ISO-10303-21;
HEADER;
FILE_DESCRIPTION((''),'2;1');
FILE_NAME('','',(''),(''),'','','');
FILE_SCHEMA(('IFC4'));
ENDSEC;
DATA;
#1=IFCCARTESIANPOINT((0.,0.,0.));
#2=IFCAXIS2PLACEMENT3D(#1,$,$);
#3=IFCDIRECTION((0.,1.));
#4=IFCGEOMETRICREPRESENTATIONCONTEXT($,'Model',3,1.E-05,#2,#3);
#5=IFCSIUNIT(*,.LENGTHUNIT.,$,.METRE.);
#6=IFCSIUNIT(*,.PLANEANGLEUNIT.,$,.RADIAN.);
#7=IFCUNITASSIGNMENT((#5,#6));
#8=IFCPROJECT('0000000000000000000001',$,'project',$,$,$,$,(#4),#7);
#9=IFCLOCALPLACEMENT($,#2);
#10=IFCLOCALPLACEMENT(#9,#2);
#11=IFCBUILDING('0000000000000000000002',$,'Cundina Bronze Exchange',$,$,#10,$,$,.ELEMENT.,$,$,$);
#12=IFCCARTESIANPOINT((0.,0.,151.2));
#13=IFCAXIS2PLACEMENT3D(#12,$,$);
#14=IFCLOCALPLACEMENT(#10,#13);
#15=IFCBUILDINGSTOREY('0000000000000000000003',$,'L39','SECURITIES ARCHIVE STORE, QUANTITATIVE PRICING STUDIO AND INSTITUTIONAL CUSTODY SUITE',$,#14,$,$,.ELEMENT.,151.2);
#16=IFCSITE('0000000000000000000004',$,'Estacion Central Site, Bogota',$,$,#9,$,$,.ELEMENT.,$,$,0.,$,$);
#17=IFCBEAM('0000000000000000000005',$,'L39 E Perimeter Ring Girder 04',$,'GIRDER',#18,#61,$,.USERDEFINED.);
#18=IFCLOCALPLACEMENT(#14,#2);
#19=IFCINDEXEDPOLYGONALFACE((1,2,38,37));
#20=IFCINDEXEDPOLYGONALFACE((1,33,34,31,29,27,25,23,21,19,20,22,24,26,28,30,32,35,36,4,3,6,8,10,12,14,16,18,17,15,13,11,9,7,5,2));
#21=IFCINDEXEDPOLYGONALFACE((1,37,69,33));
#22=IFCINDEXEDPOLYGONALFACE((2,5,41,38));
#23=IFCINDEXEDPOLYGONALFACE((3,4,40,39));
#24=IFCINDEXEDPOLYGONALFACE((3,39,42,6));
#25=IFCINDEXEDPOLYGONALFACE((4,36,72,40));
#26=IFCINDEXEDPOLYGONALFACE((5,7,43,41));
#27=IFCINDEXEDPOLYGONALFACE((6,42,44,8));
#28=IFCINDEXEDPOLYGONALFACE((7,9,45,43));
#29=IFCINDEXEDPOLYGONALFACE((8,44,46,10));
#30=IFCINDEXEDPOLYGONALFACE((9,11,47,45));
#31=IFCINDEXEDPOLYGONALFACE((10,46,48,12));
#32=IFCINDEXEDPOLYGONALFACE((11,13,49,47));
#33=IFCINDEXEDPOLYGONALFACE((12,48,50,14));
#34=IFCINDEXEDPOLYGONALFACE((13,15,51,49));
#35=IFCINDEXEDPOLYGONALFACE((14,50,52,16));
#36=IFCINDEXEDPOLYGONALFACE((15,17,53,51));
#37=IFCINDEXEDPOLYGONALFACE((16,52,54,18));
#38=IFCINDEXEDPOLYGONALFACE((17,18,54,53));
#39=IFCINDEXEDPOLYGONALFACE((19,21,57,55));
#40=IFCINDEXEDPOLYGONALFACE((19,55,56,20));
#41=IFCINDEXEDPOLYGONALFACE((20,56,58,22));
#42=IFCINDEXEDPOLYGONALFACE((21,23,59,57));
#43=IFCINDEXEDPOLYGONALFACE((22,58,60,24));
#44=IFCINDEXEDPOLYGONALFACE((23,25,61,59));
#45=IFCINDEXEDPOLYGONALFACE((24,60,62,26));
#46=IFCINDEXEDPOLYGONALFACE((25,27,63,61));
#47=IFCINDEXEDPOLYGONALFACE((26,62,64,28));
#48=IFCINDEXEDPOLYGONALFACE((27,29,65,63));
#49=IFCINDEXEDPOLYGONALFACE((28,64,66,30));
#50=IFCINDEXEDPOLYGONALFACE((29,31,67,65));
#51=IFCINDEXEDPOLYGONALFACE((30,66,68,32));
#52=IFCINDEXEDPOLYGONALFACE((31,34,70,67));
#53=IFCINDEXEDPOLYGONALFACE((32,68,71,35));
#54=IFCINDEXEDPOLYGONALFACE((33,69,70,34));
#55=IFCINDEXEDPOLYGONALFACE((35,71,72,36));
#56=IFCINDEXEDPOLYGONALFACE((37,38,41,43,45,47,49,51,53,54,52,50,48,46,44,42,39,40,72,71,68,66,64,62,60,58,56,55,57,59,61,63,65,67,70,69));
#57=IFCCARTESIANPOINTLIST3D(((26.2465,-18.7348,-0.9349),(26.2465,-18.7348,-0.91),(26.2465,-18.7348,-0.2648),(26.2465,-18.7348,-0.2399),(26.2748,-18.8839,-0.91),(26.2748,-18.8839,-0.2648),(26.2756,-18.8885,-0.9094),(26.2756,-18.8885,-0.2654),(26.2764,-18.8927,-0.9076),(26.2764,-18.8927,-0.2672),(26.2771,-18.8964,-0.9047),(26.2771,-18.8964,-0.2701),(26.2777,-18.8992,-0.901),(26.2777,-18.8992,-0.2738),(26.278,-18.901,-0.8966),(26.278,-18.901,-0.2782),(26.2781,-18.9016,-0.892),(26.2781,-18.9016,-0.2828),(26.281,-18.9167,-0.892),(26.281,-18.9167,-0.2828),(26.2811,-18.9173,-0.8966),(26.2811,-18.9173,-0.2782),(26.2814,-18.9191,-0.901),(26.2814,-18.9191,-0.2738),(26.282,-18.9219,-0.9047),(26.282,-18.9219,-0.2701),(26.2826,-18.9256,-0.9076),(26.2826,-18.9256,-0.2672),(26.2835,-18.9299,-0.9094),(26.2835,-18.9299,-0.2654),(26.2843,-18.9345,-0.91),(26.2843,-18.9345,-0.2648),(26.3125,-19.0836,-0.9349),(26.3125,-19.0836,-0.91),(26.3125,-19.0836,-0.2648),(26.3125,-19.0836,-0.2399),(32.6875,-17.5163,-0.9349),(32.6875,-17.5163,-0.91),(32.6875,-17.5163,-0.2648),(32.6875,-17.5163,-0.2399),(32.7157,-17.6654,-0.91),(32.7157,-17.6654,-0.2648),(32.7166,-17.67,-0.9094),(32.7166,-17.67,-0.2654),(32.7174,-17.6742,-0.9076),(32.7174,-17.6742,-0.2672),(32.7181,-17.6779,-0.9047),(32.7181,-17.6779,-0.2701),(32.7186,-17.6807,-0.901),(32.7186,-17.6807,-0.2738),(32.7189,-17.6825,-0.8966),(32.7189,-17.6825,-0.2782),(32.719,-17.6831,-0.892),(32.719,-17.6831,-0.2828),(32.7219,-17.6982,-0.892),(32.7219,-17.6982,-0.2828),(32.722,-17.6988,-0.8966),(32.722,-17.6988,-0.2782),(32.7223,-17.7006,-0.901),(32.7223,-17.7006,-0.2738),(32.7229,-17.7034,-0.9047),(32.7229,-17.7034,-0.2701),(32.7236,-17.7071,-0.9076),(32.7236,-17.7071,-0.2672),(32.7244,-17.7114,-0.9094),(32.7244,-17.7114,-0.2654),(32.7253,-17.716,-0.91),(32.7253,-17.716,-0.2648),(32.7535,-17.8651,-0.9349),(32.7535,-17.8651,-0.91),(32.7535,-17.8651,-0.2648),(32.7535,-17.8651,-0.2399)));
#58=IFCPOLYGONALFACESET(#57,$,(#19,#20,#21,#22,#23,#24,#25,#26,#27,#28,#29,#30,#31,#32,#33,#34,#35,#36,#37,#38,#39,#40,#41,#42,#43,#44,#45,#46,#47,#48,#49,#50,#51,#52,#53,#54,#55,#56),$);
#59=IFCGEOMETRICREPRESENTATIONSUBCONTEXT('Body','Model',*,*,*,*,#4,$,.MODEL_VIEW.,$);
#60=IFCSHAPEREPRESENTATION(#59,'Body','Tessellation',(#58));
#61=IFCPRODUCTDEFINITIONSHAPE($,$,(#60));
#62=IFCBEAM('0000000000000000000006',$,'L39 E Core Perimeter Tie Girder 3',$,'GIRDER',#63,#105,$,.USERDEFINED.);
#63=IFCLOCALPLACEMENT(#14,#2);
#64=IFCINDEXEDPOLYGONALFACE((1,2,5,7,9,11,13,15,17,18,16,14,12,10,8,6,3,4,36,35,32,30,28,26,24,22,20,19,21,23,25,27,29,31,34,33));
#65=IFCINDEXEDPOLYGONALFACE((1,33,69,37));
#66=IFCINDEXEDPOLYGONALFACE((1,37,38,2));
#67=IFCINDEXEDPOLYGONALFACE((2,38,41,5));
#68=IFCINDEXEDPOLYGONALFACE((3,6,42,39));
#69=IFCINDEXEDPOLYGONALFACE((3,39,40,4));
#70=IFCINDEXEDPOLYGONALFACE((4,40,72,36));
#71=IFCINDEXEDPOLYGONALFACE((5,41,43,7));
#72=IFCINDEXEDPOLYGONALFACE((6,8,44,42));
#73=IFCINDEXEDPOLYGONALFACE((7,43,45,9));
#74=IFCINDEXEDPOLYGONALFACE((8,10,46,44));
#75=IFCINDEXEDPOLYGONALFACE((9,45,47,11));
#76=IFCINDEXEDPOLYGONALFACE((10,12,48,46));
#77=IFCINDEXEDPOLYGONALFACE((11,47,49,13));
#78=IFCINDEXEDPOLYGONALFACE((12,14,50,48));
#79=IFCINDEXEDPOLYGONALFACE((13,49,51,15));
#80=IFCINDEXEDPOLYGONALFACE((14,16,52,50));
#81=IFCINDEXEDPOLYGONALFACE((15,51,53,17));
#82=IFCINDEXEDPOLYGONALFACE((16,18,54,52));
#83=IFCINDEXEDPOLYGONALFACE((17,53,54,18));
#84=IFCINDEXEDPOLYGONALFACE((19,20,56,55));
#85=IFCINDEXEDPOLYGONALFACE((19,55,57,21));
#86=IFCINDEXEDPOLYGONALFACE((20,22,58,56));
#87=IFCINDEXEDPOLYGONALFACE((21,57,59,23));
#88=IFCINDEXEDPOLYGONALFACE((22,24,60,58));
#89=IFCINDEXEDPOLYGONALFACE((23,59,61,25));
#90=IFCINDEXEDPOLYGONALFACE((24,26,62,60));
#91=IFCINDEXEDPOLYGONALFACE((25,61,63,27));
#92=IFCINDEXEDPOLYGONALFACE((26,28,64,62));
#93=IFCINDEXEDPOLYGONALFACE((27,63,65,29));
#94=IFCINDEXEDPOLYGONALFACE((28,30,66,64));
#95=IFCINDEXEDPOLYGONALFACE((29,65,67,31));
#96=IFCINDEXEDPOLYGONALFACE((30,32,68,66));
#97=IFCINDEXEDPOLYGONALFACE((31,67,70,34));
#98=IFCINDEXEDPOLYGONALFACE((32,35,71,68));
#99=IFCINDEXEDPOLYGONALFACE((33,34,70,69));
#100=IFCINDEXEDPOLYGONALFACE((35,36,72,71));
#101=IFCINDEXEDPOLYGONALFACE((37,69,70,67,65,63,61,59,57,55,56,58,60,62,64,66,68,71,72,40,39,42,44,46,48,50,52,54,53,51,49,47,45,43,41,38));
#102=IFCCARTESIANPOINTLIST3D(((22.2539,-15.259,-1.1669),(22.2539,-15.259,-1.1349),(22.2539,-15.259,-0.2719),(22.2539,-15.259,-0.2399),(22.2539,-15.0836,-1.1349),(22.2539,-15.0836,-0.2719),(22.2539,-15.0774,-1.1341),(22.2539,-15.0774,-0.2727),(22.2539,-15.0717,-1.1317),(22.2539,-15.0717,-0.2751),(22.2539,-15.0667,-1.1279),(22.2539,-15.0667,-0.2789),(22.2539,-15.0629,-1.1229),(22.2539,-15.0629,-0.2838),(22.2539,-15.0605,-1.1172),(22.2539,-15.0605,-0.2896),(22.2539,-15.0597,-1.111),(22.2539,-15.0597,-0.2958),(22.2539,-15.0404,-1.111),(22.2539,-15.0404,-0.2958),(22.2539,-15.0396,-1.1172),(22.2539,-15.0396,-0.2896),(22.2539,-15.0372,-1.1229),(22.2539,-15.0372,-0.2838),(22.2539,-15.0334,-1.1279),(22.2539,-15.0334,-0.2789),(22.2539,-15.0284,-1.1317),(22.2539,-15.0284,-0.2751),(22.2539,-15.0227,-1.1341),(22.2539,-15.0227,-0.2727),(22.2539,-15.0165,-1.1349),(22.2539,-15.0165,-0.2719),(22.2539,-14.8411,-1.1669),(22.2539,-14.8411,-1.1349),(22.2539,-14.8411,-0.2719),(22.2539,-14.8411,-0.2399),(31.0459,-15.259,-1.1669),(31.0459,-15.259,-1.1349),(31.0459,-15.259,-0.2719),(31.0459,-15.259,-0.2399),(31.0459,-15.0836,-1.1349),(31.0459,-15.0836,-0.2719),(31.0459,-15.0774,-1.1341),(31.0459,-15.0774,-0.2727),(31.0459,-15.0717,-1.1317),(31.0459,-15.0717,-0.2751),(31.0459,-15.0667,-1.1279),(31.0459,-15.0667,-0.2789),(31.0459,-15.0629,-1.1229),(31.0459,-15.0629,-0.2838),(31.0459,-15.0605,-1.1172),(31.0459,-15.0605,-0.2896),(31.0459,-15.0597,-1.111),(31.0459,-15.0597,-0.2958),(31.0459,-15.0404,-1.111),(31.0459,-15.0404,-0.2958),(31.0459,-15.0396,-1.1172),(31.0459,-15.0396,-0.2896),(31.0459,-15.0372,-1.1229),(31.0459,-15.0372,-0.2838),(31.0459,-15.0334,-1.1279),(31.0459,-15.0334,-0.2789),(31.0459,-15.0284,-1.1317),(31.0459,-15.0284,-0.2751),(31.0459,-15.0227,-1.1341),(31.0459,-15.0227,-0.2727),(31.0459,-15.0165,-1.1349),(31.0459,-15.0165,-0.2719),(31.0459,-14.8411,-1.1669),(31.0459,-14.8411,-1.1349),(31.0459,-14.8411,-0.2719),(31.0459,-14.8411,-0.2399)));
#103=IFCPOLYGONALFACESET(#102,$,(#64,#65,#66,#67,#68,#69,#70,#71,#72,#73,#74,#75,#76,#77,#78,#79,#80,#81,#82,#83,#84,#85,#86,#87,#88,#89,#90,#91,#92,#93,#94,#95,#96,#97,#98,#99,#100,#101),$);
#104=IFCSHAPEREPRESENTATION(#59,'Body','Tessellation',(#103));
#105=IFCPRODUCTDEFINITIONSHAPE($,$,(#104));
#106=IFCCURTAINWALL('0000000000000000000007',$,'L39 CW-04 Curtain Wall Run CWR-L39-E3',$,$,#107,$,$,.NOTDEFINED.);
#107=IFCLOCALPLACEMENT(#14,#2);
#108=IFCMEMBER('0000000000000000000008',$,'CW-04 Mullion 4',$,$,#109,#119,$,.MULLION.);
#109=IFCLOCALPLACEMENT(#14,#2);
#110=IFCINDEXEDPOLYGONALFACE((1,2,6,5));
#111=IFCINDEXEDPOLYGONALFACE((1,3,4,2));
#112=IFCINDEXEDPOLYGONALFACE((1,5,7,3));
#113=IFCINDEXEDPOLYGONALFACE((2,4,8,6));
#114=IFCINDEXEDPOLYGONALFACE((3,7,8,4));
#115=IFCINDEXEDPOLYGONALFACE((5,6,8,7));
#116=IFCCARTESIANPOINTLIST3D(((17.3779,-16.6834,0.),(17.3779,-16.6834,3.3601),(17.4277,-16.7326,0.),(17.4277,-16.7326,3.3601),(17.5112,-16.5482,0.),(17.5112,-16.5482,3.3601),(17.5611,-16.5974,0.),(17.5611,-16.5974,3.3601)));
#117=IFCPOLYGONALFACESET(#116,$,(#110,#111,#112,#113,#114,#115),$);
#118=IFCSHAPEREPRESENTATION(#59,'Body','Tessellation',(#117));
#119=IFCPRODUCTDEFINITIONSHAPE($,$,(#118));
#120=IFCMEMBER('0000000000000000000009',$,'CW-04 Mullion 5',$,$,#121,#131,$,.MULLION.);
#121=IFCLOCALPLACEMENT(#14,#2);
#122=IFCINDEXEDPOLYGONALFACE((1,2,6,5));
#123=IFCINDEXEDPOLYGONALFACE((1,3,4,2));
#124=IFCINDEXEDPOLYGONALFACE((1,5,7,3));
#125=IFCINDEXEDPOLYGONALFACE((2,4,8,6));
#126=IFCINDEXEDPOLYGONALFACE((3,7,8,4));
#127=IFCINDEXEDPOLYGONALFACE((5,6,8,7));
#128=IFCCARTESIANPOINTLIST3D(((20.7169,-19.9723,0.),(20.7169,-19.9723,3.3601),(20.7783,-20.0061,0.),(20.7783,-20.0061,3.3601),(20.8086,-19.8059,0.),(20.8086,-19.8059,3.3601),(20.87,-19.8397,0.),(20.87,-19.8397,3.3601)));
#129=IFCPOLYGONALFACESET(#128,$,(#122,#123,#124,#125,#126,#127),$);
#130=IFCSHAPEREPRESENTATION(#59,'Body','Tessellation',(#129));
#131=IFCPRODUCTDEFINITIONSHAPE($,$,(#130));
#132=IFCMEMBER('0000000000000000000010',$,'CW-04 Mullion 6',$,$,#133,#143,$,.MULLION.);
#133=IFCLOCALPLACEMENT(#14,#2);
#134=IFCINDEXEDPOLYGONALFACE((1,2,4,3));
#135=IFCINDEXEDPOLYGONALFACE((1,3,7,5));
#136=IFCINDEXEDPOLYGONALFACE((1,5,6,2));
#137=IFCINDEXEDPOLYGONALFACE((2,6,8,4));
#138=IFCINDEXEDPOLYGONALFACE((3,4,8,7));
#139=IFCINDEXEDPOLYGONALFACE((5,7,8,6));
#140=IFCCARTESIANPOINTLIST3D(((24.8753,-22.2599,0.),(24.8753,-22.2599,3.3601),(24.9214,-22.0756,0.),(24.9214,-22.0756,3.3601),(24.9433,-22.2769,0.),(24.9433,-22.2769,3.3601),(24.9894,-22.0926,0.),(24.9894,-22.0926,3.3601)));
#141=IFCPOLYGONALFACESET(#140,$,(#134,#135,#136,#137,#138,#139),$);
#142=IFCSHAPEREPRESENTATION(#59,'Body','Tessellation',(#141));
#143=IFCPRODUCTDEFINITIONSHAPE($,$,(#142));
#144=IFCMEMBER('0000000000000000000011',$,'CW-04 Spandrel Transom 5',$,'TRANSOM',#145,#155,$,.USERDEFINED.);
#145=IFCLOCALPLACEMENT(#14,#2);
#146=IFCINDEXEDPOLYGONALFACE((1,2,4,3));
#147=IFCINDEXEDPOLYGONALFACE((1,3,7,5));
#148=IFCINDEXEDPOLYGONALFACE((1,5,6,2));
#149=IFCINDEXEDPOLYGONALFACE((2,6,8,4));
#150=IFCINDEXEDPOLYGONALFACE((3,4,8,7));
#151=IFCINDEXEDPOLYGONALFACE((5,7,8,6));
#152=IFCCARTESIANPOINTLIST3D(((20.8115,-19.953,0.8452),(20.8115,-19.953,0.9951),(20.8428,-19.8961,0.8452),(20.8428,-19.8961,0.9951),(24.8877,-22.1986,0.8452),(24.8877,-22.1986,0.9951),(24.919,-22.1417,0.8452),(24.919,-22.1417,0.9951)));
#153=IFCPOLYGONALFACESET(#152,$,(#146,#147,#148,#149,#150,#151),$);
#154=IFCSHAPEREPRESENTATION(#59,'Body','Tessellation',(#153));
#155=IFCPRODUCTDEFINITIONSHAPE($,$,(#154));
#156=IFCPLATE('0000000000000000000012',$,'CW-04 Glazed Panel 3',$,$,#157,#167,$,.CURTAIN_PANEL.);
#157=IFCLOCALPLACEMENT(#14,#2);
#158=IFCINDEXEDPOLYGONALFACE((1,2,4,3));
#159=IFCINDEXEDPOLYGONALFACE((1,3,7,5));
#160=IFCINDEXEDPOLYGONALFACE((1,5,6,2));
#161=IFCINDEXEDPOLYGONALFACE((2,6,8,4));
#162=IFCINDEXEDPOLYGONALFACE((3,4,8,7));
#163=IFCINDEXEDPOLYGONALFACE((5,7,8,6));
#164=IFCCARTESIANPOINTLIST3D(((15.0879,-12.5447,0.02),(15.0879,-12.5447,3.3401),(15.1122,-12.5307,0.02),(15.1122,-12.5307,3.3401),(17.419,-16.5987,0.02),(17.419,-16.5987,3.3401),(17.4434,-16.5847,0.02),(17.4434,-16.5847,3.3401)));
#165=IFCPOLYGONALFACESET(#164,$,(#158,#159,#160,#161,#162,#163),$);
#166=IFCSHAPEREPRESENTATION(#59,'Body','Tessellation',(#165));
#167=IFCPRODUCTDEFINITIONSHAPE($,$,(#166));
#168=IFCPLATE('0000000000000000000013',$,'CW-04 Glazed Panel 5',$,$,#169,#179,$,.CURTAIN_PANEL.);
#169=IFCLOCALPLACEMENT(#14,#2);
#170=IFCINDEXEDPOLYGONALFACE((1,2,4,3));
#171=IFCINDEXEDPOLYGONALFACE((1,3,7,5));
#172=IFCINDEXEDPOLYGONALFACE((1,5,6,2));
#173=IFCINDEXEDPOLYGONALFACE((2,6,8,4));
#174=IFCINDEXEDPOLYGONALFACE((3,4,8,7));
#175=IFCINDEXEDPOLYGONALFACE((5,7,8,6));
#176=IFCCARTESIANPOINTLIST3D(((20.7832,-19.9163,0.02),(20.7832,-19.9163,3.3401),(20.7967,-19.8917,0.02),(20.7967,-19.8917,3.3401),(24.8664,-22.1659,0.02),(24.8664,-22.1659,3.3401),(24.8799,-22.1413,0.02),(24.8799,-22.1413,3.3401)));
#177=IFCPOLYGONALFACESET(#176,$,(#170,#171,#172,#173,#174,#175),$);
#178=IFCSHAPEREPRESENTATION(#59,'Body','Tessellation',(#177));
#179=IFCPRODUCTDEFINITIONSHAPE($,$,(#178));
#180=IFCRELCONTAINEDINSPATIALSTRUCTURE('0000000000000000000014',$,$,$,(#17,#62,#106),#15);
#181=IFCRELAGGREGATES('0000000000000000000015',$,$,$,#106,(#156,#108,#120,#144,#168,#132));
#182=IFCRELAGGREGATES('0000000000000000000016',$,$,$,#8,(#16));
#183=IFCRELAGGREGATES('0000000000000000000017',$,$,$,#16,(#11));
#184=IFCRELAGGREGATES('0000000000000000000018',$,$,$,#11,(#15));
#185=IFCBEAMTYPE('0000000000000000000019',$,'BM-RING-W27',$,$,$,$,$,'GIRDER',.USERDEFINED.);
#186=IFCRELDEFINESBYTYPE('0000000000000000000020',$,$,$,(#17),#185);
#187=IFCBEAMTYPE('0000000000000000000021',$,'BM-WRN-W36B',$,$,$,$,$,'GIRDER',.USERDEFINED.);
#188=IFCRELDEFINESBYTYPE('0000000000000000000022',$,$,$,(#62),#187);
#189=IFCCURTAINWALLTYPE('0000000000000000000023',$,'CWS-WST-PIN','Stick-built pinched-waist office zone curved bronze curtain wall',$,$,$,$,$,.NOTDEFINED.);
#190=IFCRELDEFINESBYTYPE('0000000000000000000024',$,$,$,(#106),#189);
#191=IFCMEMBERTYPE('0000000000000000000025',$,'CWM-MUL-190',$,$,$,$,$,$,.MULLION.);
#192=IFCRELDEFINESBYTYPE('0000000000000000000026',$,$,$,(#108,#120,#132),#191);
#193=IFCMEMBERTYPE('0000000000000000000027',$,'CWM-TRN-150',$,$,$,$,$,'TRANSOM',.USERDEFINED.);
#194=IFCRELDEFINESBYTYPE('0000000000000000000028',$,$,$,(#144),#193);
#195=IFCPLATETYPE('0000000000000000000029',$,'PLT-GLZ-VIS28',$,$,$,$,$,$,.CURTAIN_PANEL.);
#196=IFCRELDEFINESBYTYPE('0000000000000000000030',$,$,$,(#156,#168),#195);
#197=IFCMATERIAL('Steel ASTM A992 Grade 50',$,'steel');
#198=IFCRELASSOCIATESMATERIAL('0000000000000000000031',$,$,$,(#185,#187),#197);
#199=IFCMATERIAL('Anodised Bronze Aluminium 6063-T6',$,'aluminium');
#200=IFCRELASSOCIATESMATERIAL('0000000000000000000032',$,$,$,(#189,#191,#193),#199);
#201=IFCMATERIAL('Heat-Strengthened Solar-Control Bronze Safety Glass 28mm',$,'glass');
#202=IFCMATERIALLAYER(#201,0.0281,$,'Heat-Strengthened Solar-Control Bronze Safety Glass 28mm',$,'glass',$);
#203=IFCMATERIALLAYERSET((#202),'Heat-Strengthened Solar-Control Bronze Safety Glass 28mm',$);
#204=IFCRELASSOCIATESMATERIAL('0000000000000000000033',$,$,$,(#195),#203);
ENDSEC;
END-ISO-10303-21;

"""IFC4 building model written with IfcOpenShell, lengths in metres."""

from ifc_helpers import new_model, si_unit, direction, frame, origin, origin_2d, place, context, subcontext, project, spatial, rectangle, i_section, extrude, material, layer, layer_set, material_profile, profile_set, type_object, element, aggregate, save


model = new_model("IFC4")

# Units and contexts
model_context = context("Model", 3, precision=1e-05, world=origin(), true_north=direction((0.0, 1.0)))
body_context = subcontext(model_context, "Body", "Model", "MODEL_VIEW")
ifc_project = project(units=[si_unit("LENGTHUNIT", "METRE"), si_unit("PLANEANGLEUNIT", "RADIAN")], contexts=[model_context])

# Site, building, storey
site_placement = place(None, origin())
site = spatial("IfcSite", under=ifc_project, at=site_placement, Name="Estacion Central Site, Bogota", CompositionType="ELEMENT", RefElevation=0.0)
building_placement = place(site_placement, origin())
building = spatial("IfcBuilding", under=site, at=building_placement, Name="Cundina Bronze Exchange", CompositionType="ELEMENT")
storey_placement = place(building_placement, frame((0.0, 0.0, 151.2)))
storey = spatial("IfcBuildingStorey", under=building, at=storey_placement, Name="L39", Description="SECURITIES ARCHIVE STORE, QUANTITATIVE PRICING STUDIO AND INSTITUTIONAL CUSTODY SUITE", CompositionType="ELEMENT", Elevation=151.2)

# Shared definitions
ifc_material_1 = material(Name="Steel ASTM A992 Grade 50", Category="steel")

# Beams
ifc_material_profile_1 = material_profile(ifc_material_1, i_section(OverallWidth=0.355, OverallDepth=0.6951, WebThickness=0.0154, FlangeThickness=0.0249, FilletRadius=0.0181, at=origin_2d()), Name="W27X146", Category="steel")
ifc_profile_set_1 = profile_set([ifc_material_profile_1], Name="Steel ASTM A992 Grade 50")
beam_type_1 = type_object("IfcBeamType", Name="BM-RING-W27", ElementType="GIRDER", PredefinedType="USERDEFINED", material=ifc_profile_set_1)
beam_1_placement = place(storey_placement, frame((26.2795, -18.9092, -0.5874), z_axis=(0.982572, 0.185885, 0.0), x_axis=(-0.185885, 0.982572, 0.0)))
element("IfcBeam", 1, at=beam_1_placement, inside=storey, type_object=beam_type_1, Name="L39 E Perimeter Ring Girder 04", ObjectType="GIRDER", PredefinedType="USERDEFINED", context=body_context, shape_type="SweptSolid", body=[
    extrude(i_section(OverallWidth=0.355, OverallDepth=0.6951, WebThickness=0.0154, FlangeThickness=0.0249, FilletRadius=0.0181, at=origin_2d()), origin(), (0.0, 0.0, 1.0), 6.5552),
])
ifc_material_profile_2 = material_profile(ifc_material_1, i_section(OverallWidth=0.418, OverallDepth=0.927, WebThickness=0.0193, FlangeThickness=0.032, FilletRadius=0.0239, at=origin_2d()), Name="W36X231", Category="steel")
ifc_profile_set_2 = profile_set([ifc_material_profile_2], Name="Steel ASTM A992 Grade 50")
beam_type_2 = type_object("IfcBeamType", Name="BM-WRN-W36B", ElementType="GIRDER", PredefinedType="USERDEFINED", material=ifc_profile_set_2)
beam_2_placement = place(storey_placement, frame((22.2539, -15.05, -0.7034), z_axis=(1.0, 0.0, 0.0), x_axis=(0.0, 1.0, 0.0)))
element("IfcBeam", 2, at=beam_2_placement, inside=storey, type_object=beam_type_2, Name="L39 E Core Perimeter Tie Girder 3", ObjectType="GIRDER", PredefinedType="USERDEFINED", context=body_context, shape_type="SweptSolid", body=[
    extrude(i_section(OverallWidth=0.418, OverallDepth=0.927, WebThickness=0.0193, FlangeThickness=0.032, FilletRadius=0.0239, at=origin_2d()), origin(), (0.0, 0.0, 1.0), 8.792),
])

# Curtain wall, members, plates
ifc_material_2 = material(Name="Anodised Bronze Aluminium 6063-T6", Category="aluminium")
curtain_wall_type = type_object("IfcCurtainWallType", Name="CWS-WST-PIN", Description="Stick-built pinched-waist office zone curved bronze curtain wall", PredefinedType="NOTDEFINED", material=ifc_material_2)
curtain_wall_placement = place(storey_placement, origin())
curtain_wall = element("IfcCurtainWall", 3, at=curtain_wall_placement, inside=storey, type_object=curtain_wall_type, Name="L39 CW-04 Curtain Wall Run CWR-L39-E3", PredefinedType="NOTDEFINED")
ifc_material_profile_3 = material_profile(ifc_material_2, rectangle(XDim=0.0701, YDim=0.1899, at=origin_2d()), Name="AL70X190", Category="aluminium")
ifc_profile_set_3 = profile_set([ifc_material_profile_3], Name="Anodised Bronze Aluminium 6063-T6")
member_type_1 = type_object("IfcMemberType", Name="CWM-MUL-190", PredefinedType="MULLION", material=ifc_profile_set_3)
member_1_placement = place(storey_placement, frame((17.4695, -16.6404, 0.0), z_axis=(0.0, 0.0, 1.0), x_axis=(0.712026, -0.702153, 0.0)))
member_1 = element("IfcMember", 4, at=member_1_placement, type_object=member_type_1, Name="CW-04 Mullion 4", PredefinedType="MULLION", context=body_context, shape_type="SweptSolid", body=[
    extrude(rectangle(XDim=0.0701, YDim=0.1899, at=origin_2d()), origin(), (0.0, 0.0, 1.0), 3.3601),
])
member_2_placement = place(storey_placement, frame((20.7935, -19.906, 0.0), z_axis=(0.0, 0.0, 1.0), x_axis=(0.875886, -0.482518, 0.0)))
member_2 = element("IfcMember", 5, at=member_2_placement, type_object=member_type_1, Name="CW-04 Mullion 5", PredefinedType="MULLION", context=body_context, shape_type="SweptSolid", body=[
    extrude(rectangle(XDim=0.0701, YDim=0.1899, at=origin_2d()), origin(), (0.0, 0.0, 1.0), 3.3601),
])
member_3_placement = place(storey_placement, frame((24.9324, -22.1763, 0.0), z_axis=(0.0, 0.0, 1.0), x_axis=(0.970084, -0.242769, 0.0)))
member_3 = element("IfcMember", 6, at=member_3_placement, type_object=member_type_1, Name="CW-04 Mullion 6", PredefinedType="MULLION", context=body_context, shape_type="SweptSolid", body=[
    extrude(rectangle(XDim=0.0701, YDim=0.1899, at=origin_2d()), origin(), (0.0, 0.0, 1.0), 3.3601),
])
ifc_material_profile_4 = material_profile(ifc_material_2, rectangle(XDim=0.0649, YDim=0.1499, at=origin_2d()), Name="AL65X150", Category="aluminium")
ifc_profile_set_4 = profile_set([ifc_material_profile_4], Name="Anodised Bronze Aluminium 6063-T6")
member_type_2 = type_object("IfcMemberType", Name="CWM-TRN-150", ElementType="TRANSOM", PredefinedType="USERDEFINED", material=ifc_profile_set_4)
member_4_placement = place(storey_placement, frame((20.8271, -19.9246, 0.9202), z_axis=(0.875879, -0.482531, 0.0), x_axis=(0.482531, 0.875879, 0.0)))
member_4 = element("IfcMember", 7, at=member_4_placement, type_object=member_type_2, Name="CW-04 Spandrel Transom 5", ObjectType="TRANSOM", PredefinedType="USERDEFINED", context=body_context, shape_type="SweptSolid", body=[
    extrude(rectangle(XDim=0.0649, YDim=0.1499, at=origin_2d()), origin(), (0.0, 0.0, 1.0), 4.6538),
])
ifc_material_3 = material(Name="Heat-Strengthened Solar-Control Bronze Safety Glass 28mm", Category="glass")
ifc_layer_1 = layer(ifc_material_3, 0.0281, Name="Heat-Strengthened Solar-Control Bronze Safety Glass 28mm", Category="glass")
ifc_layer_set_1 = layer_set([ifc_layer_1], Name="Heat-Strengthened Solar-Control Bronze Safety Glass 28mm")
plate_type_1 = type_object("IfcPlateType", Name="PLT-GLZ-VIS28", PredefinedType="CURTAIN_PANEL", material=ifc_layer_set_1)
plate_1_placement = place(storey_placement, frame((16.2656, -14.5647, 0.02), z_axis=(0.0, 0.0, 1.0), x_axis=(0.498488, -0.866897, 0.0)))
plate_1 = element("IfcPlate", 8, at=plate_1_placement, type_object=plate_type_1, Name="CW-04 Glazed Panel 3", PredefinedType="CURTAIN_PANEL", context=body_context, shape_type="SweptSolid", body=[
    extrude(rectangle(XDim=4.6765, YDim=0.0281, at=origin_2d()), origin(), (0.0, 0.0, 1.0), 3.3201),
])
plate_2_placement = place(storey_placement, frame((22.8315, -21.0288, 0.02), z_axis=(0.0, 0.0, 1.0), x_axis=(0.875869, -0.482549, 0.0)))
plate_2 = element("IfcPlate", 9, at=plate_2_placement, type_object=plate_type_1, Name="CW-04 Glazed Panel 5", PredefinedType="CURTAIN_PANEL", context=body_context, shape_type="SweptSolid", body=[
    extrude(rectangle(XDim=4.6619, YDim=0.0281, at=origin_2d()), origin(), (0.0, 0.0, 1.0), 3.3201),
])
aggregate(curtain_wall, [plate_1, member_1, member_2, member_4, plate_2, member_3])

save(model, "model.ifc")
